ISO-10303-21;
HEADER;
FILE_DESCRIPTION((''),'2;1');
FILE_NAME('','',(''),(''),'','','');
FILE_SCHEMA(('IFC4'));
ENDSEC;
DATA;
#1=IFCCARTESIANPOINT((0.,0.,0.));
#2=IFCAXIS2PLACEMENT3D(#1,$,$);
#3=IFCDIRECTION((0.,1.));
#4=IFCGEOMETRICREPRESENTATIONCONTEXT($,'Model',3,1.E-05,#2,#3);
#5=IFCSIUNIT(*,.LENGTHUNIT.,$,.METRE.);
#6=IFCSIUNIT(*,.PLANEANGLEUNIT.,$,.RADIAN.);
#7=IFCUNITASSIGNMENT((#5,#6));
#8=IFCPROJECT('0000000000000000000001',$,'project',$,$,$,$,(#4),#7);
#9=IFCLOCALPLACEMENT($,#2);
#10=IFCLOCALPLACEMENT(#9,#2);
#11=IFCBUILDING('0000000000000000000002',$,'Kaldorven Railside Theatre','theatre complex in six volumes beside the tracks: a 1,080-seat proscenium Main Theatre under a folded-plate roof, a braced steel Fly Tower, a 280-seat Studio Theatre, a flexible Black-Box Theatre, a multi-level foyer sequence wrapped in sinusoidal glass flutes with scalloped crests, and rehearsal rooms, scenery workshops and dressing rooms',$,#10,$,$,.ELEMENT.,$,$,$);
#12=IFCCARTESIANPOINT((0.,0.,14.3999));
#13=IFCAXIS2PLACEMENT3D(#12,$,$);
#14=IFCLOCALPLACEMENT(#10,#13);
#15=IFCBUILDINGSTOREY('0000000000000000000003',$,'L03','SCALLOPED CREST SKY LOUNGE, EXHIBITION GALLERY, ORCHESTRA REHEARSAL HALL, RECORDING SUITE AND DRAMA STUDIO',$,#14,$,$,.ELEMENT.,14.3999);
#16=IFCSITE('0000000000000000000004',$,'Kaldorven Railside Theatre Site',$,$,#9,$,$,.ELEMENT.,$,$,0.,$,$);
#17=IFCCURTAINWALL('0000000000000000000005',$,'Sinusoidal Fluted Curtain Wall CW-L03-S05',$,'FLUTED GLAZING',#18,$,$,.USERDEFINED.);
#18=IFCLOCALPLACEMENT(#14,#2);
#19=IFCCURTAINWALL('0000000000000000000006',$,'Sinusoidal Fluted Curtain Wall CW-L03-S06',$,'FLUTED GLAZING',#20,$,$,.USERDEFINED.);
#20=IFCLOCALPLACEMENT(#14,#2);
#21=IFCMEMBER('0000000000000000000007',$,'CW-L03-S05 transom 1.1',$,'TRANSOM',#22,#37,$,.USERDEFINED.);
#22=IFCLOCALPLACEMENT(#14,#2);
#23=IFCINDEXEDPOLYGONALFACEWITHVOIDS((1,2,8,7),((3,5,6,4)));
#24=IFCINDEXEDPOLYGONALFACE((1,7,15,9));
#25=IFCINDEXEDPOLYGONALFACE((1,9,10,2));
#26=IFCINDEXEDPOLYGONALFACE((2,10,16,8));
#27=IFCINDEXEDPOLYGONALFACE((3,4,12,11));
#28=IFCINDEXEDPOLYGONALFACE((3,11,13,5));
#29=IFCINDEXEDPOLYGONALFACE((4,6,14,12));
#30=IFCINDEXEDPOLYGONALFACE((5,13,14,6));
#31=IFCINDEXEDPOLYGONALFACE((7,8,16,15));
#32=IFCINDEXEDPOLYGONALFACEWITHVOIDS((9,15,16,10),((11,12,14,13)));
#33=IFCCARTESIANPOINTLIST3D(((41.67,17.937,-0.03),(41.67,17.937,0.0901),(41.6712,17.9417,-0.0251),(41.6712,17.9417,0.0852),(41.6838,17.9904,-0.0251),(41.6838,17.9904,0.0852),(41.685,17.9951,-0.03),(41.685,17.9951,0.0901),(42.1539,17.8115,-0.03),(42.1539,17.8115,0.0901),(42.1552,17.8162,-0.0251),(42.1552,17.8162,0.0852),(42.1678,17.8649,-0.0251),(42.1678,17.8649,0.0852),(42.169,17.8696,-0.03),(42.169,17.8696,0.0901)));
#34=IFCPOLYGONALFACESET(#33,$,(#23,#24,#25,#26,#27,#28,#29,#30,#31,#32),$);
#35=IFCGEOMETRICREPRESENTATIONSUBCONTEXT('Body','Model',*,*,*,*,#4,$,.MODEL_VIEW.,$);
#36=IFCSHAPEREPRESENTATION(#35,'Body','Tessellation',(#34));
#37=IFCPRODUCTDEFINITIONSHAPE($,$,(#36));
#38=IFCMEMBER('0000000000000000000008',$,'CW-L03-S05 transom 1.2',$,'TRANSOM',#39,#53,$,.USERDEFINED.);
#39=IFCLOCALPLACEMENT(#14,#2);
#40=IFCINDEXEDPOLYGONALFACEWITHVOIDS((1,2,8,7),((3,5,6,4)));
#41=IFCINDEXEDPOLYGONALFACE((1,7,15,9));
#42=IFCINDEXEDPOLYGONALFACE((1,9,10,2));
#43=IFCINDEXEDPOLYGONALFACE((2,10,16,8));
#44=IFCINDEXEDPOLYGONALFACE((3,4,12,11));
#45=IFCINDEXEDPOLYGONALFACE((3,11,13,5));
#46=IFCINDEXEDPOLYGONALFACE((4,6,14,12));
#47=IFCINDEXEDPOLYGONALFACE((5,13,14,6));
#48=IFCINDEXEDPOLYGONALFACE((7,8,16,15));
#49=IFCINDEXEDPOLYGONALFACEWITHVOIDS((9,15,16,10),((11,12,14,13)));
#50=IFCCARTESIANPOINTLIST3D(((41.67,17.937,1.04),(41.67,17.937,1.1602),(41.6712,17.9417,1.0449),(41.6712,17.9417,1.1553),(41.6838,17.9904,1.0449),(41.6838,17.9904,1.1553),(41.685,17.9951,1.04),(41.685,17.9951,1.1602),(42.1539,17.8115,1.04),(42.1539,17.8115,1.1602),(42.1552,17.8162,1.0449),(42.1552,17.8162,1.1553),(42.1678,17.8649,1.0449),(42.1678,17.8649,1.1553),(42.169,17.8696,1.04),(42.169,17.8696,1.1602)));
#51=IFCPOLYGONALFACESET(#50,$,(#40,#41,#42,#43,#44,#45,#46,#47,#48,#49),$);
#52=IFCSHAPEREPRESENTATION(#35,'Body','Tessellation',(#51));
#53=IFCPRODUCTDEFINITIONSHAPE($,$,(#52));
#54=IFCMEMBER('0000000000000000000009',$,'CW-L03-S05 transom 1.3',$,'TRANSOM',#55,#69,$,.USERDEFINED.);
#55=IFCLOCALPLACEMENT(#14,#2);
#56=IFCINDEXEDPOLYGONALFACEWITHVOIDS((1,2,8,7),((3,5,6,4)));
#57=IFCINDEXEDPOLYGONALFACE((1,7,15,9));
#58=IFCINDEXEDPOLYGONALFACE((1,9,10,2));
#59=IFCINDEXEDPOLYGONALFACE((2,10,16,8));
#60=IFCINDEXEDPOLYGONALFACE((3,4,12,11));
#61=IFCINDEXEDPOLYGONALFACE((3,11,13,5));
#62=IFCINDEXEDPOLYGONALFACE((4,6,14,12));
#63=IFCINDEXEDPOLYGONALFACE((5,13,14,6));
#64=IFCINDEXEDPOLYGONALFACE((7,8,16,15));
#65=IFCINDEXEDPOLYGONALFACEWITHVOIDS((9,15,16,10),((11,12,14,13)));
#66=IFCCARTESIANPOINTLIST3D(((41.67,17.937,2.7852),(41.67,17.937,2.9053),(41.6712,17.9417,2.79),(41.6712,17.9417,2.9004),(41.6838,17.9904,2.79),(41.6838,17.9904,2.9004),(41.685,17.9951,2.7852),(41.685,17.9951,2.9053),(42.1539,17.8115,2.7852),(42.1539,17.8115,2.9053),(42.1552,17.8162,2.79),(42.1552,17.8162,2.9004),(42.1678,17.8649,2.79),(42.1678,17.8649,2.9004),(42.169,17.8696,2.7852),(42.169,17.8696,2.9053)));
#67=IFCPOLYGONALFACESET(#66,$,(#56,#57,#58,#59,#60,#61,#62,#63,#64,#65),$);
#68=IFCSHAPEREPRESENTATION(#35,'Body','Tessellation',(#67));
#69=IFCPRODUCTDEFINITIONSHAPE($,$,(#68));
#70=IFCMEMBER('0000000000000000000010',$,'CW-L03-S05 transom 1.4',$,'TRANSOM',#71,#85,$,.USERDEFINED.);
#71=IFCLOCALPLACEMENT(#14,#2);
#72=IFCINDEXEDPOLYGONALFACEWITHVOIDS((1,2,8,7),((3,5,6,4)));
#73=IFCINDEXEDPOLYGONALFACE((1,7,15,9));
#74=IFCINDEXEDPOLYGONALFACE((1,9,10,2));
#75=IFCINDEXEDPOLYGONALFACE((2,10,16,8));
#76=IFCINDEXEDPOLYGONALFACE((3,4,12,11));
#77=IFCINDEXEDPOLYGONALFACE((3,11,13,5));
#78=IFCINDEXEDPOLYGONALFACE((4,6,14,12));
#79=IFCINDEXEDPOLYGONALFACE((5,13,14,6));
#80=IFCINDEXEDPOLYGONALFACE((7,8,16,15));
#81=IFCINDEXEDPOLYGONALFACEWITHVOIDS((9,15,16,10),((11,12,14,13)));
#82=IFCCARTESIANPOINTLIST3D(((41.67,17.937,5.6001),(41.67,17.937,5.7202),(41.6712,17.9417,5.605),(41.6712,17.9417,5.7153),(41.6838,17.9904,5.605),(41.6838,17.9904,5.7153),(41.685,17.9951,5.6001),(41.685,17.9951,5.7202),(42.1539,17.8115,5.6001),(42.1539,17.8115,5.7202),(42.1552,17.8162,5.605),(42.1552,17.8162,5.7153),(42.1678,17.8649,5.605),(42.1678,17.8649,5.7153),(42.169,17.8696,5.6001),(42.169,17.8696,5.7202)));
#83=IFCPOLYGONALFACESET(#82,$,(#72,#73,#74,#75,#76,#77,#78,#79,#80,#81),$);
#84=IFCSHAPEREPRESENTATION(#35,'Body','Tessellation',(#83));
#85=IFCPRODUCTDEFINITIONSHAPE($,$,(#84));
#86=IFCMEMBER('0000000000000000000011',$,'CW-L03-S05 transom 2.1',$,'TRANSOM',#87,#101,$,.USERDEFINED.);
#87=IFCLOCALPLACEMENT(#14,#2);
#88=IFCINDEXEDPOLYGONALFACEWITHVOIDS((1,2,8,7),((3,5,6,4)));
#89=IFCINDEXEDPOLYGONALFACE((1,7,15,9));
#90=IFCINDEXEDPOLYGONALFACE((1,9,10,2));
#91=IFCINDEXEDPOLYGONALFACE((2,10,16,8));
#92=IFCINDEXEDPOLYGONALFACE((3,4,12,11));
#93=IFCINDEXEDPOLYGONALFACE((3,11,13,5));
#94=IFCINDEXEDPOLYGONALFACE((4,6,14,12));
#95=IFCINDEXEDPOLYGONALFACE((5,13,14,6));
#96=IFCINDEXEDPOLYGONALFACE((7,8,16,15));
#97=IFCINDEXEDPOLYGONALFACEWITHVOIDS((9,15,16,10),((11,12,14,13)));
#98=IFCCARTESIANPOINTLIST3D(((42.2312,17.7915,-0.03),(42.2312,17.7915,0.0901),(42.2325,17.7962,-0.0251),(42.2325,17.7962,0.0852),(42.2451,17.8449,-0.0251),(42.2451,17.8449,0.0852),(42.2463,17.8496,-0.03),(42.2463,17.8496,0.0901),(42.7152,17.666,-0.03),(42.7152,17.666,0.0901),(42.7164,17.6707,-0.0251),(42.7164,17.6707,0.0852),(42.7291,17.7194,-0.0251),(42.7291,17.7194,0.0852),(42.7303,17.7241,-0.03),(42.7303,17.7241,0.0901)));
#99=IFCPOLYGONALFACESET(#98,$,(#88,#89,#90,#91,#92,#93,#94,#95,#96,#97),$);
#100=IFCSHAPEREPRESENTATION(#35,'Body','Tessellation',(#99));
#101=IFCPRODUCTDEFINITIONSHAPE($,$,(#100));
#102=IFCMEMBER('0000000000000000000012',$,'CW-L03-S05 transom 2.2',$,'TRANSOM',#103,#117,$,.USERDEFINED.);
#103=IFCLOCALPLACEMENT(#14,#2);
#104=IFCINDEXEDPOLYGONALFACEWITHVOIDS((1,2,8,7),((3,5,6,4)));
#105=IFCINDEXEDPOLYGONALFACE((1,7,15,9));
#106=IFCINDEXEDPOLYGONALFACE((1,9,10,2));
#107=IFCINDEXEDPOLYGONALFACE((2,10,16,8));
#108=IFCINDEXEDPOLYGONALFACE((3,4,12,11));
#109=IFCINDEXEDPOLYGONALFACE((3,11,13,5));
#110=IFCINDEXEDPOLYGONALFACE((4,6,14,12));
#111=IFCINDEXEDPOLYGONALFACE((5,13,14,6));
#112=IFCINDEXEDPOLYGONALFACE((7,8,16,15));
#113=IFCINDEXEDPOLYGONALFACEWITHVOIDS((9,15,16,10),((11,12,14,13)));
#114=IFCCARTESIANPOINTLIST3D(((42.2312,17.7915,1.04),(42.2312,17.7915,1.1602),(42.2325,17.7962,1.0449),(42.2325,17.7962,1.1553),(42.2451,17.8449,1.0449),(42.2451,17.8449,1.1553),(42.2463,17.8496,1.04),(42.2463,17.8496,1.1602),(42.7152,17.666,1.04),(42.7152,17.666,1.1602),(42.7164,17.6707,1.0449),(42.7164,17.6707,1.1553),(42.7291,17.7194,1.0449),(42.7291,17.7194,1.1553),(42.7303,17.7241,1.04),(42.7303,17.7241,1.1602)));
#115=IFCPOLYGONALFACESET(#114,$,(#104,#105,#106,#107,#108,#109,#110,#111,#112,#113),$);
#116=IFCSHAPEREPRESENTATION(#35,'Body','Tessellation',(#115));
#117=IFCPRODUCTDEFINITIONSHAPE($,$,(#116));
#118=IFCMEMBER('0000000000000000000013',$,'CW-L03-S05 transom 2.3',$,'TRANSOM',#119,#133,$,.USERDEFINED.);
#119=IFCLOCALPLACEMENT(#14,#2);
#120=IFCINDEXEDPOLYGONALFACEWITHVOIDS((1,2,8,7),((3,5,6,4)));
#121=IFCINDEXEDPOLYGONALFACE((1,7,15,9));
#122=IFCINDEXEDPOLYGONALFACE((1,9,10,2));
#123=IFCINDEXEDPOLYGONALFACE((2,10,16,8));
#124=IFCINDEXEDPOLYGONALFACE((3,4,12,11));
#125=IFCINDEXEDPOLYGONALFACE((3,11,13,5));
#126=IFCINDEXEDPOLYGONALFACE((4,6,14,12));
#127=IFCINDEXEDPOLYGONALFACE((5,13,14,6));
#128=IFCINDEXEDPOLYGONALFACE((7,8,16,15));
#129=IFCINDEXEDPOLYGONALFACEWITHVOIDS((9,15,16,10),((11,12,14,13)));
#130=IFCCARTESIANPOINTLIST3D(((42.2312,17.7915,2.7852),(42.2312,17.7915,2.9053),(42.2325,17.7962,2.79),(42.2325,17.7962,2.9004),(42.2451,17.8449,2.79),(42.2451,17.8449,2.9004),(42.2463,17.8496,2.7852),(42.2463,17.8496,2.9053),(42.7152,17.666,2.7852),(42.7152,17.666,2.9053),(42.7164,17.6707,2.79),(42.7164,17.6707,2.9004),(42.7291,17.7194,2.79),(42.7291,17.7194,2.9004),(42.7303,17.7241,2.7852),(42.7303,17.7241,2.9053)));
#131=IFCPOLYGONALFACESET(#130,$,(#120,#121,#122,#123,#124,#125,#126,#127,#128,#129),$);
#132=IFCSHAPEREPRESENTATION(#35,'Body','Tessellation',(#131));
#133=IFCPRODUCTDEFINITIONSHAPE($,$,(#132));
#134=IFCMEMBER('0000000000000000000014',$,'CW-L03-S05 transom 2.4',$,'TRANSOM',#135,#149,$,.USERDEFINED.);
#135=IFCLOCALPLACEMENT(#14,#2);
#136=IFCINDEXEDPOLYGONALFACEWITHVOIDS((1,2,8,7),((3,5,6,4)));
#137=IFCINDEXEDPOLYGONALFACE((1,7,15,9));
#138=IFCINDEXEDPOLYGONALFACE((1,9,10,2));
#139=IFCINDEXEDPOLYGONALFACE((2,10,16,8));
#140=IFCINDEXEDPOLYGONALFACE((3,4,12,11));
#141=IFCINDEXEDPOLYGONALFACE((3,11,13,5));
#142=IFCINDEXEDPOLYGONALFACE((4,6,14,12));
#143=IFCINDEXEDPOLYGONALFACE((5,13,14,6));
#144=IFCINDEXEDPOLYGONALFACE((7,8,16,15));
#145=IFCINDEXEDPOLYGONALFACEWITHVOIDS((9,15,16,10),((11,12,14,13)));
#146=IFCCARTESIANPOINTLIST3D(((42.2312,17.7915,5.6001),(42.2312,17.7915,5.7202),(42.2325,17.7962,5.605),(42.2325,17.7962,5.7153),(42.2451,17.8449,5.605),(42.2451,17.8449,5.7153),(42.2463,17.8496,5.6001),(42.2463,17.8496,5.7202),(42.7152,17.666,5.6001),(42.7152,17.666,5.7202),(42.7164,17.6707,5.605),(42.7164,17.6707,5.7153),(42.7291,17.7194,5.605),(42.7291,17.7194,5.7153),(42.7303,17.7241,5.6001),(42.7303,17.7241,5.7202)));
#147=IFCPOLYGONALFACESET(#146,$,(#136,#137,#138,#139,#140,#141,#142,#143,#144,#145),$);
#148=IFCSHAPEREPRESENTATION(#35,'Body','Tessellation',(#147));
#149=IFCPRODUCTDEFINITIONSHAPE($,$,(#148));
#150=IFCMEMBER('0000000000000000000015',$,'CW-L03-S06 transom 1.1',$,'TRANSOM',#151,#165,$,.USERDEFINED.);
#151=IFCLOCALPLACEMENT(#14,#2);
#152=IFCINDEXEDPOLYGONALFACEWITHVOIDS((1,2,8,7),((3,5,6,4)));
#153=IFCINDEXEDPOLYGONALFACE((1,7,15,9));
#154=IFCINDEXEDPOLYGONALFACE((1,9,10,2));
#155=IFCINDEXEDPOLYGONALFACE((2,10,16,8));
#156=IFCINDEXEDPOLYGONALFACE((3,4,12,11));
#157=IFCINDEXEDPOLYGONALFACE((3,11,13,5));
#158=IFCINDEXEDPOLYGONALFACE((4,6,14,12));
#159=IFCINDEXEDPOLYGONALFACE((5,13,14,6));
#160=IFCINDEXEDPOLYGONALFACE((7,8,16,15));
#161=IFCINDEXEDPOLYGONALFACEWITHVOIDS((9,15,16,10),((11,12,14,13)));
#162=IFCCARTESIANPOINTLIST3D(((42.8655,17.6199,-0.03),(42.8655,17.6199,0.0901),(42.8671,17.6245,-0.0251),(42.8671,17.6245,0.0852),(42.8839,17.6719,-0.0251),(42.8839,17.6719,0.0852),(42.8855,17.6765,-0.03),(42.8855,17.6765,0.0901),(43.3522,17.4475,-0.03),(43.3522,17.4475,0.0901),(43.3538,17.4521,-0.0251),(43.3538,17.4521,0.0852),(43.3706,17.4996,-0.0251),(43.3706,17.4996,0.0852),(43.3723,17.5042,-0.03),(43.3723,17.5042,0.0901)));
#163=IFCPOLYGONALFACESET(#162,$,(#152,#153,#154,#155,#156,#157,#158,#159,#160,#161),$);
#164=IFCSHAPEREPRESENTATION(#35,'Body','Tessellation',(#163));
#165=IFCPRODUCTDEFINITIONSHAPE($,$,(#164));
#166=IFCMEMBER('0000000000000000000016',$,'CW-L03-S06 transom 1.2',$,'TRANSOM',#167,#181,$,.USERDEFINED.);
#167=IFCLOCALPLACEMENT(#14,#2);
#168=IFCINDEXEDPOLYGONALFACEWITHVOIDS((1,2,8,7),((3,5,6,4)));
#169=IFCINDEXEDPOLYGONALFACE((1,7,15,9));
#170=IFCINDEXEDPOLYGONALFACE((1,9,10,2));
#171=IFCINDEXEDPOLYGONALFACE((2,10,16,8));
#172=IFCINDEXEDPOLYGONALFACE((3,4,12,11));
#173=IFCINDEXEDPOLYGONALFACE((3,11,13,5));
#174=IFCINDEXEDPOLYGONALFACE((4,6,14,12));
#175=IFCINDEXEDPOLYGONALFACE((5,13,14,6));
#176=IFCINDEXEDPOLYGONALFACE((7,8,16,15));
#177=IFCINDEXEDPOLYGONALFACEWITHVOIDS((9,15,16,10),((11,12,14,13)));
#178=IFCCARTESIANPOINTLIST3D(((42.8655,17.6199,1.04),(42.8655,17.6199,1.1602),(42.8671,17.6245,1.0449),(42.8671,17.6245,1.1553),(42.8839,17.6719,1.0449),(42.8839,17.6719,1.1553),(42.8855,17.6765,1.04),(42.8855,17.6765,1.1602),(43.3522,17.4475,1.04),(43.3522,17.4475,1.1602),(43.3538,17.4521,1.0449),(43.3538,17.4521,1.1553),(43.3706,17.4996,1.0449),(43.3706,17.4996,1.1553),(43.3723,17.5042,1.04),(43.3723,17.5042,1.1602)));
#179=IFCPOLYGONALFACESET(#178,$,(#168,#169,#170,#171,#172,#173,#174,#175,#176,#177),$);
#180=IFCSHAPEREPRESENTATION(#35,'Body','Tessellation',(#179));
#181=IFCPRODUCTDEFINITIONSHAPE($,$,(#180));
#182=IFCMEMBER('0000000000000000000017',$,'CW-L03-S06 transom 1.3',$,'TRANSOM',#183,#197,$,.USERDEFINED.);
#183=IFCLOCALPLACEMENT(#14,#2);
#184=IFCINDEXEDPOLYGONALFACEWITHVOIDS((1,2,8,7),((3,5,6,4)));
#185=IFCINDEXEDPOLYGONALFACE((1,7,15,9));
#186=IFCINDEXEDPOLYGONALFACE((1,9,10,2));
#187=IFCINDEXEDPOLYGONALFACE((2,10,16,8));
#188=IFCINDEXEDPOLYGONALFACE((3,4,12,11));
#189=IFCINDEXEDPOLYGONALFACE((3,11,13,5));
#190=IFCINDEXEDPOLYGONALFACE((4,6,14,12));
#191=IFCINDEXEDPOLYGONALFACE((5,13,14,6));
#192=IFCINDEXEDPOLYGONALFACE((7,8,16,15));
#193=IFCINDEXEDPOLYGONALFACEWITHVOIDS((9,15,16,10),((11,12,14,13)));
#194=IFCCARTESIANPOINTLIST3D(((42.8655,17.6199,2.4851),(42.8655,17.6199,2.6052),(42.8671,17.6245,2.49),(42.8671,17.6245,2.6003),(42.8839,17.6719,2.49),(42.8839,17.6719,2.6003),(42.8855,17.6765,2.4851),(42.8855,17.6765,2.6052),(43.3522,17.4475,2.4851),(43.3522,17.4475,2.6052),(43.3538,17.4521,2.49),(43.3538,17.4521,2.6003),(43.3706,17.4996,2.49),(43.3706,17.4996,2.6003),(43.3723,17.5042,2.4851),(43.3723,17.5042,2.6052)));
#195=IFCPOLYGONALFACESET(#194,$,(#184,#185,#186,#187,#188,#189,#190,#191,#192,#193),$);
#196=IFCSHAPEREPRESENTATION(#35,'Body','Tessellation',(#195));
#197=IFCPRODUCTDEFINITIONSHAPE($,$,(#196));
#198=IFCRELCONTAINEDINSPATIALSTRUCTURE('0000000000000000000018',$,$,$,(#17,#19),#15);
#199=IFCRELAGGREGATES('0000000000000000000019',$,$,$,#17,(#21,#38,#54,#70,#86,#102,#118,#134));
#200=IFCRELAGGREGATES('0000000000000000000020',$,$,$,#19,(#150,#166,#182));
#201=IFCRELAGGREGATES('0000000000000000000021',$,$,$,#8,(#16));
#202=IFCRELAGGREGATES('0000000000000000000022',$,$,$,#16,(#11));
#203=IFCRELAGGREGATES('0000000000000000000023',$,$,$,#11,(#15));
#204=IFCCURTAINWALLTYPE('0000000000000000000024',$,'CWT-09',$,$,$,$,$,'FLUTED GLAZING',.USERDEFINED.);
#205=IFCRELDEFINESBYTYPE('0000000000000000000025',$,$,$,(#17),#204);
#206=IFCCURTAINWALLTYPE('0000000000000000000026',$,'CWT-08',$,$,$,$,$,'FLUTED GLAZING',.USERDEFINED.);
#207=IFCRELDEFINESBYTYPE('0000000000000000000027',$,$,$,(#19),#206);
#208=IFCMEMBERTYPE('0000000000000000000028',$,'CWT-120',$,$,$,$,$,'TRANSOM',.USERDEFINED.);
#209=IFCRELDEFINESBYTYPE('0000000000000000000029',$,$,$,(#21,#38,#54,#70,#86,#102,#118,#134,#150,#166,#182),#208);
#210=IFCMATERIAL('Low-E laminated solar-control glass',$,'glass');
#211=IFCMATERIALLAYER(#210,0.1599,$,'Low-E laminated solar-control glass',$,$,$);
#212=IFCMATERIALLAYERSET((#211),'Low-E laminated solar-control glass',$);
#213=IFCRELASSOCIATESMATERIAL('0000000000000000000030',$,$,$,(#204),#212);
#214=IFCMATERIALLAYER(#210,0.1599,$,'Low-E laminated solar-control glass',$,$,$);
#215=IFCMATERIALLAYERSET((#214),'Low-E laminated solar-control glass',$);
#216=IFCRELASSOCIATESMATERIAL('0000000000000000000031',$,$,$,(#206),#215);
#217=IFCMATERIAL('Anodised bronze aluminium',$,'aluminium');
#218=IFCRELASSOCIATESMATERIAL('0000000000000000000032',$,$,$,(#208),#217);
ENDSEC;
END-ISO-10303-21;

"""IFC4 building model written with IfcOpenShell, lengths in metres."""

from ifc_helpers import new_model, si_unit, direction, frame, origin, origin_2d, place, context, subcontext, project, spatial, hollow_rectangle, extrude, material, layer, layer_set, material_profile, profile_set, type_object, element, aggregate, save


model = new_model("IFC4")

# Units and contexts
model_context = context("Model", 3, precision=1e-05, world=origin(), true_north=direction((0.0, 1.0)))
body_context = subcontext(model_context, "Body", "Model", "MODEL_VIEW")
ifc_project = project(units=[si_unit("LENGTHUNIT", "METRE"), si_unit("PLANEANGLEUNIT", "RADIAN")], contexts=[model_context])

# Site, building, storey
site_placement = place(None, origin())
site = spatial("IfcSite", under=ifc_project, at=site_placement, Name="Kaldorven Railside Theatre Site", CompositionType="ELEMENT", RefElevation=0.0)
building_placement = place(site_placement, origin())
building = spatial("IfcBuilding", under=site, at=building_placement, Name="Kaldorven Railside Theatre", Description="theatre complex in six volumes beside the tracks: a 1,080-seat proscenium Main Theatre under a folded-plate roof, a braced steel Fly Tower, a 280-seat Studio Theatre, a flexible Black-Box Theatre, a multi-level foyer sequence wrapped in sinusoidal glass flutes with scalloped crests, and rehearsal rooms, scenery workshops and dressing rooms", CompositionType="ELEMENT")
storey_placement = place(building_placement, frame((0.0, 0.0, 14.3999)))
storey = spatial("IfcBuildingStorey", under=building, at=storey_placement, Name="L03", Description="SCALLOPED CREST SKY LOUNGE, EXHIBITION GALLERY, ORCHESTRA REHEARSAL HALL, RECORDING SUITE AND DRAMA STUDIO", CompositionType="ELEMENT", Elevation=14.3999)

# Shared definitions
ifc_material_1 = material(Name="Low-E laminated solar-control glass", Category="glass")
ifc_material_2 = material(Name="Anodised bronze aluminium", Category="aluminium")

# Curtain wall
ifc_layer_1 = layer(ifc_material_1, 0.1599, Name="Low-E laminated solar-control glass")
ifc_layer_set_1 = layer_set([ifc_layer_1], Name="Low-E laminated solar-control glass")
curtain_wall_type_1 = type_object("IfcCurtainWallType", Name="CWT-09", ElementType="FLUTED GLAZING", PredefinedType="USERDEFINED", material=ifc_layer_set_1)
curtain_wall_1_placement = place(storey_placement, origin())
curtain_wall_1 = element("IfcCurtainWall", 1, at=curtain_wall_1_placement, inside=storey, type_object=curtain_wall_type_1, Name="Sinusoidal Fluted Curtain Wall CW-L03-S05", ObjectType="FLUTED GLAZING", PredefinedType="USERDEFINED")

# Curtain wall
ifc_layer_2 = layer(ifc_material_1, 0.1599, Name="Low-E laminated solar-control glass")
ifc_layer_set_2 = layer_set([ifc_layer_2], Name="Low-E laminated solar-control glass")
curtain_wall_type_2 = type_object("IfcCurtainWallType", Name="CWT-08", ElementType="FLUTED GLAZING", PredefinedType="USERDEFINED", material=ifc_layer_set_2)
curtain_wall_2_placement = place(storey_placement, origin())
curtain_wall_2 = element("IfcCurtainWall", 2, at=curtain_wall_2_placement, inside=storey, type_object=curtain_wall_type_2, Name="Sinusoidal Fluted Curtain Wall CW-L03-S06", ObjectType="FLUTED GLAZING", PredefinedType="USERDEFINED")

# Members
ifc_material_profile_1 = material_profile(ifc_material_2, hollow_rectangle(XDim=0.0601, YDim=0.1201, WallThickness=0.0049, at=origin_2d()), Name="RHS 120x60x5")
ifc_profile_set_1 = profile_set([ifc_material_profile_1], Name="Anodised bronze aluminium")
member_type_1 = type_object("IfcMemberType", Name="CWT-120", ElementType="TRANSOM", PredefinedType="USERDEFINED", material=ifc_profile_set_1)
member_1_placement = place(storey_placement, frame((41.6775, 17.9661, 0.03), z_axis=(0.967979, -0.25103, 0.0), x_axis=(0.25103, 0.967979, 0.0)))
member_1 = element("IfcMember", 3, at=member_1_placement, type_object=member_type_1, Name="CW-L03-S05 transom 1.1", ObjectType="TRANSOM", PredefinedType="USERDEFINED", context=body_context, shape_type="SweptSolid", body=[
    extrude(hollow_rectangle(XDim=0.0601, YDim=0.1201, WallThickness=0.0049, at=origin_2d()), origin(), (0.0, 0.0, 1.0), 0.5),
])
member_2_placement = place(storey_placement, frame((41.6775, 17.9661, 1.1001), z_axis=(0.967979, -0.25103, 0.0), x_axis=(0.25103, 0.967979, 0.0)))
member_2 = element("IfcMember", 4, at=member_2_placement, type_object=member_type_1, Name="CW-L03-S05 transom 1.2", ObjectType="TRANSOM", PredefinedType="USERDEFINED", context=body_context, shape_type="SweptSolid", body=[
    extrude(hollow_rectangle(XDim=0.0601, YDim=0.1201, WallThickness=0.0049, at=origin_2d()), origin(), (0.0, 0.0, 1.0), 0.5),
])
member_3_placement = place(storey_placement, frame((41.6775, 17.9661, 2.8452), z_axis=(0.967979, -0.25103, 0.0), x_axis=(0.25103, 0.967979, 0.0)))
member_3 = element("IfcMember", 5, at=member_3_placement, type_object=member_type_1, Name="CW-L03-S05 transom 1.3", ObjectType="TRANSOM", PredefinedType="USERDEFINED", context=body_context, shape_type="SweptSolid", body=[
    extrude(hollow_rectangle(XDim=0.0601, YDim=0.1201, WallThickness=0.0049, at=origin_2d()), origin(), (0.0, 0.0, 1.0), 0.5),
])
member_4_placement = place(storey_placement, frame((41.6775, 17.9661, 5.6602), z_axis=(0.967979, -0.25103, 0.0), x_axis=(0.25103, 0.967979, 0.0)))
member_4 = element("IfcMember", 6, at=member_4_placement, type_object=member_type_1, Name="CW-L03-S05 transom 1.4", ObjectType="TRANSOM", PredefinedType="USERDEFINED", context=body_context, shape_type="SweptSolid", body=[
    extrude(hollow_rectangle(XDim=0.0601, YDim=0.1201, WallThickness=0.0049, at=origin_2d()), origin(), (0.0, 0.0, 1.0), 0.5),
])
member_5_placement = place(storey_placement, frame((42.2388, 17.8206, 0.03), z_axis=(0.967979, -0.25103, 0.0), x_axis=(0.25103, 0.967979, 0.0)))
member_5 = element("IfcMember", 7, at=member_5_placement, type_object=member_type_1, Name="CW-L03-S05 transom 2.1", ObjectType="TRANSOM", PredefinedType="USERDEFINED", context=body_context, shape_type="SweptSolid", body=[
    extrude(hollow_rectangle(XDim=0.0601, YDim=0.1201, WallThickness=0.0049, at=origin_2d()), origin(), (0.0, 0.0, 1.0), 0.5),
])
member_6_placement = place(storey_placement, frame((42.2388, 17.8206, 1.1001), z_axis=(0.967979, -0.25103, 0.0), x_axis=(0.25103, 0.967979, 0.0)))
member_6 = element("IfcMember", 8, at=member_6_placement, type_object=member_type_1, Name="CW-L03-S05 transom 2.2", ObjectType="TRANSOM", PredefinedType="USERDEFINED", context=body_context, shape_type="SweptSolid", body=[
    extrude(hollow_rectangle(XDim=0.0601, YDim=0.1201, WallThickness=0.0049, at=origin_2d()), origin(), (0.0, 0.0, 1.0), 0.5),
])
member_7_placement = place(storey_placement, frame((42.2388, 17.8206, 2.8452), z_axis=(0.967979, -0.25103, 0.0), x_axis=(0.25103, 0.967979, 0.0)))
member_7 = element("IfcMember", 9, at=member_7_placement, type_object=member_type_1, Name="CW-L03-S05 transom 2.3", ObjectType="TRANSOM", PredefinedType="USERDEFINED", context=body_context, shape_type="SweptSolid", body=[
    extrude(hollow_rectangle(XDim=0.0601, YDim=0.1201, WallThickness=0.0049, at=origin_2d()), origin(), (0.0, 0.0, 1.0), 0.5),
])
member_8_placement = place(storey_placement, frame((42.2388, 17.8206, 5.6602), z_axis=(0.967979, -0.25103, 0.0), x_axis=(0.25103, 0.967979, 0.0)))
member_8 = element("IfcMember", 10, at=member_8_placement, type_object=member_type_1, Name="CW-L03-S05 transom 2.4", ObjectType="TRANSOM", PredefinedType="USERDEFINED", context=body_context, shape_type="SweptSolid", body=[
    extrude(hollow_rectangle(XDim=0.0601, YDim=0.1201, WallThickness=0.0049, at=origin_2d()), origin(), (0.0, 0.0, 1.0), 0.5),
])
member_9_placement = place(storey_placement, frame((42.8755, 17.6482, 0.03), z_axis=(0.942658, -0.33376, 0.0), x_axis=(0.33376, 0.942658, 0.0)))
member_9 = element("IfcMember", 11, at=member_9_placement, type_object=member_type_1, Name="CW-L03-S06 transom 1.1", ObjectType="TRANSOM", PredefinedType="USERDEFINED", context=body_context, shape_type="SweptSolid", body=[
    extrude(hollow_rectangle(XDim=0.0601, YDim=0.1201, WallThickness=0.0049, at=origin_2d()), origin(), (0.0, 0.0, 1.0), 0.5164),
])
member_10_placement = place(storey_placement, frame((42.8755, 17.6482, 1.1001), z_axis=(0.942658, -0.33376, 0.0), x_axis=(0.33376, 0.942658, 0.0)))
member_10 = element("IfcMember", 12, at=member_10_placement, type_object=member_type_1, Name="CW-L03-S06 transom 1.2", ObjectType="TRANSOM", PredefinedType="USERDEFINED", context=body_context, shape_type="SweptSolid", body=[
    extrude(hollow_rectangle(XDim=0.0601, YDim=0.1201, WallThickness=0.0049, at=origin_2d()), origin(), (0.0, 0.0, 1.0), 0.5164),
])
member_11_placement = place(storey_placement, frame((42.8755, 17.6482, 2.5452), z_axis=(0.942658, -0.33376, 0.0), x_axis=(0.33376, 0.942658, 0.0)))
member_11 = element("IfcMember", 13, at=member_11_placement, type_object=member_type_1, Name="CW-L03-S06 transom 1.3", ObjectType="TRANSOM", PredefinedType="USERDEFINED", context=body_context, shape_type="SweptSolid", body=[
    extrude(hollow_rectangle(XDim=0.0601, YDim=0.1201, WallThickness=0.0049, at=origin_2d()), origin(), (0.0, 0.0, 1.0), 0.5164),
])

aggregate(curtain_wall_1, [member_1, member_2, member_3, member_4, member_5, member_6, member_7, member_8])
aggregate(curtain_wall_2, [member_9, member_10, member_11])

save(model, "model.ifc")
